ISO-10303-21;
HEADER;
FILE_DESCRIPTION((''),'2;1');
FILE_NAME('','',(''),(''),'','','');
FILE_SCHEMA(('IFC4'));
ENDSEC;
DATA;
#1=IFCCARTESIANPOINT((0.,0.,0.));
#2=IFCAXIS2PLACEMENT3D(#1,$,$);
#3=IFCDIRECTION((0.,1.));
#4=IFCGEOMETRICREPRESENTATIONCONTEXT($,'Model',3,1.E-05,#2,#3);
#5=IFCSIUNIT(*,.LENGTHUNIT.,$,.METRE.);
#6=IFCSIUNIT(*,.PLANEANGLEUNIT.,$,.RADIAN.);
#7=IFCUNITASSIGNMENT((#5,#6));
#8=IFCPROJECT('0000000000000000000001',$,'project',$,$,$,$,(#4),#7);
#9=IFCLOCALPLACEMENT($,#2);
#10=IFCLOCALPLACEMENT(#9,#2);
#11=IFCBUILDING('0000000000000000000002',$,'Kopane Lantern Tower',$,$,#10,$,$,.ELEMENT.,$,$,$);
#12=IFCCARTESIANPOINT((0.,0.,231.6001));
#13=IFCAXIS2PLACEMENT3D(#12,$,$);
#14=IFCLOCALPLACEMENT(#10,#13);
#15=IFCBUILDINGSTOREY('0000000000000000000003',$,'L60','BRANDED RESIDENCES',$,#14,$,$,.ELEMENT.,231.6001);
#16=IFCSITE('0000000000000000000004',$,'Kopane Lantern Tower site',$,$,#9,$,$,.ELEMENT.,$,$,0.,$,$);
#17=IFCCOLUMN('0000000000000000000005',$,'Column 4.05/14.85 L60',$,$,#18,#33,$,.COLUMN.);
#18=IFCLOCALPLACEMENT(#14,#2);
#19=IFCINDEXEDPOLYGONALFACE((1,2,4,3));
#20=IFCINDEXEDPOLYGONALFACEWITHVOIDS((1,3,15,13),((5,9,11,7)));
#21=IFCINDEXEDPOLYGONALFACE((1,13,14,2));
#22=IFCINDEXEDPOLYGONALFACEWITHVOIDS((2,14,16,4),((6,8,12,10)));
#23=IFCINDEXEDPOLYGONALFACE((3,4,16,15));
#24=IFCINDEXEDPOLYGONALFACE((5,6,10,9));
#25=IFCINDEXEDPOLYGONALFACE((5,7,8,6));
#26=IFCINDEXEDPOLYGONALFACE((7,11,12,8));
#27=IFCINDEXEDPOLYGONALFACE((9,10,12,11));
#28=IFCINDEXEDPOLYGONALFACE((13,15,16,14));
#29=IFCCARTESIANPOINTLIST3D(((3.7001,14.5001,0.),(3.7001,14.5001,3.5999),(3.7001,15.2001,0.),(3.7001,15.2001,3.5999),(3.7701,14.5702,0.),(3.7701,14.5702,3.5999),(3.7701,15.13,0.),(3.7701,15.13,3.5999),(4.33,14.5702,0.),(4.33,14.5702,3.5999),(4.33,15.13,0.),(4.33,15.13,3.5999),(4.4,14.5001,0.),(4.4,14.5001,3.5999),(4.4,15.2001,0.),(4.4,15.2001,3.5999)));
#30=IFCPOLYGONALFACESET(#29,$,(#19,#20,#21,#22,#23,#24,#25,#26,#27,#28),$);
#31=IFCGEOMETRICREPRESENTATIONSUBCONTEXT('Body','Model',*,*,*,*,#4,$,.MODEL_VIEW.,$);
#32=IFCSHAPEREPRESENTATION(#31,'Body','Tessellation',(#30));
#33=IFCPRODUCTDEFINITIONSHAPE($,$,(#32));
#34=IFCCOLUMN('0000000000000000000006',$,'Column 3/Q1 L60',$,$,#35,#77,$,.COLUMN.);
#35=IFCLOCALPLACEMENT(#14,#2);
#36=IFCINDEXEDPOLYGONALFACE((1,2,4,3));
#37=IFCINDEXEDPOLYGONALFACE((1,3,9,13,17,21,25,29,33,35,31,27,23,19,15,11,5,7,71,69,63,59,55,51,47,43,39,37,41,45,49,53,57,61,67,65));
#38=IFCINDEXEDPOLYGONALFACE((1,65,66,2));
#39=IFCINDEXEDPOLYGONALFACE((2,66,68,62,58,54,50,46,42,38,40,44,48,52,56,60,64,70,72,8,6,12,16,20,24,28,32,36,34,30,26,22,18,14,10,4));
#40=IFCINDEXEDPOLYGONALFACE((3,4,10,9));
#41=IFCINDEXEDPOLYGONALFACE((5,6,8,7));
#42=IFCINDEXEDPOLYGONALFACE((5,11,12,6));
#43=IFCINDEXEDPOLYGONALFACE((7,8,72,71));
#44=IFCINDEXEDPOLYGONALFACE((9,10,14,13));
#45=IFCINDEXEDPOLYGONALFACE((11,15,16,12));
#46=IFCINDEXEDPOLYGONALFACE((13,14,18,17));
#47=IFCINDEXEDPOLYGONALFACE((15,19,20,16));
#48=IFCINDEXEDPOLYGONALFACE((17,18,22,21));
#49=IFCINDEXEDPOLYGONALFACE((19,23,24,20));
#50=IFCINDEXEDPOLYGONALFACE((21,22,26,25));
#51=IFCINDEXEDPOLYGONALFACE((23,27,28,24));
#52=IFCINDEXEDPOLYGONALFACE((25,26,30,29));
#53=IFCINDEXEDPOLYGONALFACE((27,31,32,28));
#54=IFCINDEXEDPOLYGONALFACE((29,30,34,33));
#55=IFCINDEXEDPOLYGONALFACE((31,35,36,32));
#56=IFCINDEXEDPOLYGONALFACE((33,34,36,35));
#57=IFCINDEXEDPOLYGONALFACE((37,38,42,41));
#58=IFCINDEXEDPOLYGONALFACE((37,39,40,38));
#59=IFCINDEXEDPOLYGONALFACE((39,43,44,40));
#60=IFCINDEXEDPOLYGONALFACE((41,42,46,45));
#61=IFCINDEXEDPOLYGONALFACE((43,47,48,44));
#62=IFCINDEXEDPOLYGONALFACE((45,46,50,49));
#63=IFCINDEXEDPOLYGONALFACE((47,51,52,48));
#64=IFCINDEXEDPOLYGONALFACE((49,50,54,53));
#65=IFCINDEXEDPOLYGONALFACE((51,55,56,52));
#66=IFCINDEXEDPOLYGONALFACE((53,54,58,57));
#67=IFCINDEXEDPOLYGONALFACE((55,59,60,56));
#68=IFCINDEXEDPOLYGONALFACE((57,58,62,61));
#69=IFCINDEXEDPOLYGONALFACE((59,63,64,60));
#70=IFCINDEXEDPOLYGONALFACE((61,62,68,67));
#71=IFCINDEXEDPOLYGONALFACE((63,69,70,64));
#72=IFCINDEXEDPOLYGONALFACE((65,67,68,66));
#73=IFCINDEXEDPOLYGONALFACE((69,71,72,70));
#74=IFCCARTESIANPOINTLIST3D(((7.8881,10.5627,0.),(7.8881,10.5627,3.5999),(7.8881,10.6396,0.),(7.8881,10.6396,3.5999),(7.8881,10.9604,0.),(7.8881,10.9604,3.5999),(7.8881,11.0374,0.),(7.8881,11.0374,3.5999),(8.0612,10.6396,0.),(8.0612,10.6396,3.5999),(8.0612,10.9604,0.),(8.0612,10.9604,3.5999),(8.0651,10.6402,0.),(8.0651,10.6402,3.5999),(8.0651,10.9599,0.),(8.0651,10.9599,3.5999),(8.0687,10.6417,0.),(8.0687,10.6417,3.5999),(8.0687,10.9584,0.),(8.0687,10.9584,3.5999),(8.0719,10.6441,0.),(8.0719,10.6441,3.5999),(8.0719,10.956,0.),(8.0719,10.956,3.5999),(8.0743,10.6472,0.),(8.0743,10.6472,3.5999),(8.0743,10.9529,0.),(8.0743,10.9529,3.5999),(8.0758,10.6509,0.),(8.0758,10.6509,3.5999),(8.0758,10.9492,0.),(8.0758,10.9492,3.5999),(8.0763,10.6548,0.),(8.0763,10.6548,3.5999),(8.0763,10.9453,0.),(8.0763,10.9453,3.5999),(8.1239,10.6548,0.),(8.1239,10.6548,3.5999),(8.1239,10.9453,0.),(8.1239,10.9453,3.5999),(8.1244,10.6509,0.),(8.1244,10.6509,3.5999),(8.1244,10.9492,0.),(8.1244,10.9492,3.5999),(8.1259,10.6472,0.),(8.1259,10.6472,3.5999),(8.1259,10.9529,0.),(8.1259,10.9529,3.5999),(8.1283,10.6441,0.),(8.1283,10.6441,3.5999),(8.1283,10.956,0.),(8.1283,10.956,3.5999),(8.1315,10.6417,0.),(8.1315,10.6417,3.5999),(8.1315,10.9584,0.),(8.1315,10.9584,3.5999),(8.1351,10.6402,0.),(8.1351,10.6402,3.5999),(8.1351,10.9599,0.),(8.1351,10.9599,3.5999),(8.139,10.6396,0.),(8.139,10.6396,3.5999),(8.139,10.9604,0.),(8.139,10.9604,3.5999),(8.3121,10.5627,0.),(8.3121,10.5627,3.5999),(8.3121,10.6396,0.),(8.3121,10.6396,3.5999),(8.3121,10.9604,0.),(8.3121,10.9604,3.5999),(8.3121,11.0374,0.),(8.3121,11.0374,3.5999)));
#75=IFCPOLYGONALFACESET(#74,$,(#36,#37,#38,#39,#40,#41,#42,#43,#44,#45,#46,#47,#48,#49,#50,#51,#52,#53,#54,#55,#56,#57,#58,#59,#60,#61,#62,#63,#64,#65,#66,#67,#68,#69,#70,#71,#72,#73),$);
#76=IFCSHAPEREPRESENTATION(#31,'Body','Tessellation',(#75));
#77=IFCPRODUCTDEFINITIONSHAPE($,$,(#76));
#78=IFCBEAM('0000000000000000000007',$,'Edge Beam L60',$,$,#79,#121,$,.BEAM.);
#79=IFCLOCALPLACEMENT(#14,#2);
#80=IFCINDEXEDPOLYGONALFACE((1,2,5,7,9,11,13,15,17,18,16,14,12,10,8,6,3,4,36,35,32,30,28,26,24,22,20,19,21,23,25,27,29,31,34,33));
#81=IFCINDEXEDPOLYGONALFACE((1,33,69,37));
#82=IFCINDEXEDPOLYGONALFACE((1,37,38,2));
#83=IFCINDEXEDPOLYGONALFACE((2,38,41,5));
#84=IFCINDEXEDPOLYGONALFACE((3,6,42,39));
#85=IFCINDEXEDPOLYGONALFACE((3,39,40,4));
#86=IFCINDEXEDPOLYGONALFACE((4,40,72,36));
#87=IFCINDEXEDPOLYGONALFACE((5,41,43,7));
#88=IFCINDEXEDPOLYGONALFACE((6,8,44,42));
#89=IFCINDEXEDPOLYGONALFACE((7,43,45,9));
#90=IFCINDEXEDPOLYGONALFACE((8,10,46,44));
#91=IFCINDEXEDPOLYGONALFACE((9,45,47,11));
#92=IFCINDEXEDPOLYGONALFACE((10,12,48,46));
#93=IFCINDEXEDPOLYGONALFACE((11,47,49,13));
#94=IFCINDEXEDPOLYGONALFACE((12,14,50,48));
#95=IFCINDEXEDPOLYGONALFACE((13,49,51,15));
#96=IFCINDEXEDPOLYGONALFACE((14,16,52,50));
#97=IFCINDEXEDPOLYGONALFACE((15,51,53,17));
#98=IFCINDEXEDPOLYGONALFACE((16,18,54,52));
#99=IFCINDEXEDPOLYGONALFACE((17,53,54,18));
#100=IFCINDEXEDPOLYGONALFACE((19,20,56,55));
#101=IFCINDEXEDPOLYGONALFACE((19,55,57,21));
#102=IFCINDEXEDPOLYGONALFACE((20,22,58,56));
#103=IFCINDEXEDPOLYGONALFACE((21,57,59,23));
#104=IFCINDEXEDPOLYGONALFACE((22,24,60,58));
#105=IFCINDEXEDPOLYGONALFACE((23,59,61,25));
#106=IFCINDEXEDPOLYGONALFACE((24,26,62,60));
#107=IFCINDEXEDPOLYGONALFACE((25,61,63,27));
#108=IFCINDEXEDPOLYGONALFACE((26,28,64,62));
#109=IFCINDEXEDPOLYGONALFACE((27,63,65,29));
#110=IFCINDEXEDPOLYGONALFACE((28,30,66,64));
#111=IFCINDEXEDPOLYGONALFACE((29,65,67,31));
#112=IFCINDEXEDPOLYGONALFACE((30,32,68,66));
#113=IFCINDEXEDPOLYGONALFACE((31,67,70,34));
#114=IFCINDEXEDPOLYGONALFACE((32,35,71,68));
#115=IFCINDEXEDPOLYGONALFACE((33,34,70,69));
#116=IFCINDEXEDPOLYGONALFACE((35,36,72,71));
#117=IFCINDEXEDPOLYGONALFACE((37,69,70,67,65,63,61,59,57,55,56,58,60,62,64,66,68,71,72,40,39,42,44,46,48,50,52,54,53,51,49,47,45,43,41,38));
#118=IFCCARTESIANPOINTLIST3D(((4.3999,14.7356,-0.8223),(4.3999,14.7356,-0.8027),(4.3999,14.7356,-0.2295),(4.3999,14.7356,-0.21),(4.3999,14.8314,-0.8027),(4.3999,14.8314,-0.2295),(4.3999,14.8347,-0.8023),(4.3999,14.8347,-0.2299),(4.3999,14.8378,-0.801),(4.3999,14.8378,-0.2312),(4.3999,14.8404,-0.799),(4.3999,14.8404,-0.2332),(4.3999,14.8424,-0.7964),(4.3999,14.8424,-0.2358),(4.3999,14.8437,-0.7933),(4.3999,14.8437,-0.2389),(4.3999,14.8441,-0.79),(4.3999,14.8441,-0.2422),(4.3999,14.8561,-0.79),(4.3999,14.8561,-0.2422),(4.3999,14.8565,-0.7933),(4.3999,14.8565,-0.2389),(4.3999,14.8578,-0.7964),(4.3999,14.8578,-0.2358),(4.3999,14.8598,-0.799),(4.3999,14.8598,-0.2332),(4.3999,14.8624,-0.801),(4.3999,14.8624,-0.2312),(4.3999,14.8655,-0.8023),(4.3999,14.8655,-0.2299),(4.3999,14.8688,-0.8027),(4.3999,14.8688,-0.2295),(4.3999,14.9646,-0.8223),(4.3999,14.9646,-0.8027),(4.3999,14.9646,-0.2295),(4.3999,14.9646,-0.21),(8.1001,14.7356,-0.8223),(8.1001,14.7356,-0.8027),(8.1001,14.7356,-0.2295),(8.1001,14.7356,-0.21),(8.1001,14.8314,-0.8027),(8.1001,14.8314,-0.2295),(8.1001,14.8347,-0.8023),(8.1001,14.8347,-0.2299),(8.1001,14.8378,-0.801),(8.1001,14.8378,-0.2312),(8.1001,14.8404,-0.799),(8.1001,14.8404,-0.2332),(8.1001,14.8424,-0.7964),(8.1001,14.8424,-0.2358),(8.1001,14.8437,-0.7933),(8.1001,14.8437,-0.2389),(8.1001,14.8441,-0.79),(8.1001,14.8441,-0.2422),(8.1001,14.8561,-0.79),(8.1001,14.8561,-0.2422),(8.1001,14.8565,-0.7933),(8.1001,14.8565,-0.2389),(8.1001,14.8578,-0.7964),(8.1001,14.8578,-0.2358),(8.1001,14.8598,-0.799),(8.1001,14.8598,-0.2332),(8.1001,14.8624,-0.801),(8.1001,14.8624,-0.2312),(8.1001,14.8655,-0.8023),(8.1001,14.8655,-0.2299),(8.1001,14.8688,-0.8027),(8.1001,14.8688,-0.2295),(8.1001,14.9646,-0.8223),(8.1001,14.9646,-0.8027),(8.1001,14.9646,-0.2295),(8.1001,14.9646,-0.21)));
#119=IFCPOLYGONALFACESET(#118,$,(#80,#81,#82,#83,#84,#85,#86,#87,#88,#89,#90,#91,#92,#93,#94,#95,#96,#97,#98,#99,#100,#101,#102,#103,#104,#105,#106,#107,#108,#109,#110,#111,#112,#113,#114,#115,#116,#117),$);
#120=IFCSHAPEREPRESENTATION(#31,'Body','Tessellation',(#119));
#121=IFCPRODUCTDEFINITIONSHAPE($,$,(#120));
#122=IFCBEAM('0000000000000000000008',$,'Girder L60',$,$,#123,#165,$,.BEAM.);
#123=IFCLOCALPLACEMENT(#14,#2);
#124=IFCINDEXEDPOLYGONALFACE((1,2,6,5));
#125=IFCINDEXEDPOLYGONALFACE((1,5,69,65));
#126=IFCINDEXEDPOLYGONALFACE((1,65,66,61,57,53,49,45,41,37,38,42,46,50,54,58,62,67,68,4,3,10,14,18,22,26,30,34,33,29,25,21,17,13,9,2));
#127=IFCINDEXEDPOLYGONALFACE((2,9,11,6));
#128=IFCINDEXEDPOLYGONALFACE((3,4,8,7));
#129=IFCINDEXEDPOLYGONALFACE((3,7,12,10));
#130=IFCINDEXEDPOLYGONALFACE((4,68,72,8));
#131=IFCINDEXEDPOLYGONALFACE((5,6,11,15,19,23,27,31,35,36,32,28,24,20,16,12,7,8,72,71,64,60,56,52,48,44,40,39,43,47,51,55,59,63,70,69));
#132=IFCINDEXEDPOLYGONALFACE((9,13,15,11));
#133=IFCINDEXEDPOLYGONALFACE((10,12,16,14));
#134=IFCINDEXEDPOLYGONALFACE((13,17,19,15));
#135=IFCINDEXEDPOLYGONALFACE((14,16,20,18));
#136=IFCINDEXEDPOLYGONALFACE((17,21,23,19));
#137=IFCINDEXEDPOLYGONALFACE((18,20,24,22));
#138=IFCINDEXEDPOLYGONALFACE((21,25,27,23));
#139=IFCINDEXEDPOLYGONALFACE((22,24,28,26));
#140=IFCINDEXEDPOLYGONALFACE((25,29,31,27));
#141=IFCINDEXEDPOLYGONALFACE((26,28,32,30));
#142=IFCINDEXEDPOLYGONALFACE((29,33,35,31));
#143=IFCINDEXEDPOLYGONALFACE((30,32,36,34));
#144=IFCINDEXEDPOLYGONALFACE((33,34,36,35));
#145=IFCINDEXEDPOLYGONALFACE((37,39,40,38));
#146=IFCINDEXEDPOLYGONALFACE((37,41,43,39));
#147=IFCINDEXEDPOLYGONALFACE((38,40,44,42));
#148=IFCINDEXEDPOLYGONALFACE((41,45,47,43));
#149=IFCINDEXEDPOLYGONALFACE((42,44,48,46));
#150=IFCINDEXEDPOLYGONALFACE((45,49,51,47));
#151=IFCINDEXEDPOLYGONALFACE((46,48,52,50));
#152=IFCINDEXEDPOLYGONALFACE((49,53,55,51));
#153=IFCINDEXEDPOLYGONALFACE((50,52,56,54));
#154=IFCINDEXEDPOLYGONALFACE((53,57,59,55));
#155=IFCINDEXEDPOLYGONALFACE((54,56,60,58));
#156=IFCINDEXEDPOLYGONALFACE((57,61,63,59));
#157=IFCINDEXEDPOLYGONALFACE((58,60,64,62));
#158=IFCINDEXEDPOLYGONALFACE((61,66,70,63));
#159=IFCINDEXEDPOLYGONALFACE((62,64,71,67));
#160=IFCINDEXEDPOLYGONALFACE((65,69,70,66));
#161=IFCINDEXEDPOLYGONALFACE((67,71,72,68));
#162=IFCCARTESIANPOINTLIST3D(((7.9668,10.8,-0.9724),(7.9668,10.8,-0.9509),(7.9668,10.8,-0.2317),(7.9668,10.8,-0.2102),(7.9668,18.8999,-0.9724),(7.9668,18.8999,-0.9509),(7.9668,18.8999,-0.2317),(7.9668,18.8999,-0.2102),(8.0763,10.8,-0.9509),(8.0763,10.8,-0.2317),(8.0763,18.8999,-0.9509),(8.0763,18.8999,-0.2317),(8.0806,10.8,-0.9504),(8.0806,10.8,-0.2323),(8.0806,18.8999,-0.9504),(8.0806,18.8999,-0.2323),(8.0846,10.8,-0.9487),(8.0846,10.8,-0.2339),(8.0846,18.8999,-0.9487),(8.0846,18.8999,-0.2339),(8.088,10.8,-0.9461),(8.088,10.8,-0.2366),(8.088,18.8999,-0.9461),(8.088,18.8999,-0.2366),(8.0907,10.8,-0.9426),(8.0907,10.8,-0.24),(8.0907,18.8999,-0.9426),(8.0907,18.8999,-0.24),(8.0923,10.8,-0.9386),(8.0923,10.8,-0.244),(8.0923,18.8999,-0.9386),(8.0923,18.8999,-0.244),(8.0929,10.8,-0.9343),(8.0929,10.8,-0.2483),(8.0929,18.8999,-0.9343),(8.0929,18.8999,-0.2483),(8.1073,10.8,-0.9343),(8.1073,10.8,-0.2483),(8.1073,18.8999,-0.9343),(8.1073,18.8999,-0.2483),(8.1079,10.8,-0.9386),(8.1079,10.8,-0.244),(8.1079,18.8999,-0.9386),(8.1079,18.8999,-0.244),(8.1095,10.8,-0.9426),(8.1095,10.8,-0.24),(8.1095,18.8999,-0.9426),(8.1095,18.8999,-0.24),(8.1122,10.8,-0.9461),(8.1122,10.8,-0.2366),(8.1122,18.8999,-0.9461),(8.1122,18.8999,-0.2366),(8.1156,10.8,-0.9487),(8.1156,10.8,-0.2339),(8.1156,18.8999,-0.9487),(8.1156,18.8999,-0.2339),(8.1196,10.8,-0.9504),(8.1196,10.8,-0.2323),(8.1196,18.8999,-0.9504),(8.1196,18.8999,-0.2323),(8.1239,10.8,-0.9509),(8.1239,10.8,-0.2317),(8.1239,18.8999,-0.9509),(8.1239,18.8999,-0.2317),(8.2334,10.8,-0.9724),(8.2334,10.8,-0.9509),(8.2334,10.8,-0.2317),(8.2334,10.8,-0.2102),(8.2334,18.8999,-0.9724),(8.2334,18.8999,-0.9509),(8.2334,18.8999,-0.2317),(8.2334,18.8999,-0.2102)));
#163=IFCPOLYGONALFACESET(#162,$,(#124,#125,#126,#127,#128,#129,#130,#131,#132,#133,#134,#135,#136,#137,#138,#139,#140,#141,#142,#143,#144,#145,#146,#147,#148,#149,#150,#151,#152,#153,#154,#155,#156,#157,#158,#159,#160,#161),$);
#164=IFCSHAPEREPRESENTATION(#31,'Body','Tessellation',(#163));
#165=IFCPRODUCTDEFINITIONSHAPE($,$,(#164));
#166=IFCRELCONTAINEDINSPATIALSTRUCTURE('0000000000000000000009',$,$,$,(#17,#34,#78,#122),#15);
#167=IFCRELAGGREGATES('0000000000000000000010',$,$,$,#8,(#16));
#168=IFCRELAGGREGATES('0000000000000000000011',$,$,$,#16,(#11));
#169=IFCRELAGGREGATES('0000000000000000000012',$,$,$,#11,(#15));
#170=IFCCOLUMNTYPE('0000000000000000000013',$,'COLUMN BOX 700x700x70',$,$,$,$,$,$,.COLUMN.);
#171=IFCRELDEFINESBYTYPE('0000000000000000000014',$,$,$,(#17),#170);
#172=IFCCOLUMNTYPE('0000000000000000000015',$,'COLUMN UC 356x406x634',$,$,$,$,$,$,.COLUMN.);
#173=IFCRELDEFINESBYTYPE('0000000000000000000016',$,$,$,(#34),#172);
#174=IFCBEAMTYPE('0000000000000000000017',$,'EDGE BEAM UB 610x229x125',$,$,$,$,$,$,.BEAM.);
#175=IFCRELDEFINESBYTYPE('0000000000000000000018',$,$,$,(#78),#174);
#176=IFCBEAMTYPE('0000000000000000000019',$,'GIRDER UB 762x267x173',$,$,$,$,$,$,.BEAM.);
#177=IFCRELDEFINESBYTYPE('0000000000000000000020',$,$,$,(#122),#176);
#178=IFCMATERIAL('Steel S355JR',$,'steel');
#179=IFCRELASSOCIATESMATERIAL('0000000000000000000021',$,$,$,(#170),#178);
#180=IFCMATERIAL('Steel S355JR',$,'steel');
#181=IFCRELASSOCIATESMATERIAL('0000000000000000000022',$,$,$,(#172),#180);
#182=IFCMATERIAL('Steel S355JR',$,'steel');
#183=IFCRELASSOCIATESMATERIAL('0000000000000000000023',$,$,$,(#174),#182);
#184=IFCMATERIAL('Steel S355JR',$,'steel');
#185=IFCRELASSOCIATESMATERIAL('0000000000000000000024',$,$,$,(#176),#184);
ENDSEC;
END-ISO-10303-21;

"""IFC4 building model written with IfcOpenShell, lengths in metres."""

from ifc_helpers import new_model, si_unit, direction, frame, origin, origin_2d, place, context, subcontext, project, spatial, hollow_rectangle, i_section, extrude, material, material_profile, profile_set, type_object, element, save


model = new_model("IFC4")

# Units and contexts
model_context = context("Model", 3, precision=1e-05, world=origin(), true_north=direction((0.0, 1.0)))
body_context = subcontext(model_context, "Body", "Model", "MODEL_VIEW")
ifc_project = project(units=[si_unit("LENGTHUNIT", "METRE"), si_unit("PLANEANGLEUNIT", "RADIAN")], contexts=[model_context])

# Site, building, storey
site_placement = place(None, origin())
site = spatial("IfcSite", under=ifc_project, at=site_placement, Name="Kopane Lantern Tower site", CompositionType="ELEMENT", RefElevation=0.0)
building_placement = place(site_placement, origin())
building = spatial("IfcBuilding", under=site, at=building_placement, Name="Kopane Lantern Tower", CompositionType="ELEMENT")
storey_placement = place(building_placement, frame((0.0, 0.0, 231.6001)))
storey = spatial("IfcBuildingStorey", under=building, at=storey_placement, Name="L60", Description="BRANDED RESIDENCES", CompositionType="ELEMENT", Elevation=231.6001)

# Columns
ifc_material_1 = material(Name="Steel S355JR", Category="steel")
ifc_material_profile_1 = material_profile(ifc_material_1, hollow_rectangle(XDim=0.7, YDim=0.7, WallThickness=0.0701, at=origin_2d()), Name="BOX 700x700x70")
ifc_profile_set_1 = profile_set([ifc_material_profile_1], Name="Steel S355JR")
column_type_1 = type_object("IfcColumnType", Name="COLUMN BOX 700x700x70", PredefinedType="COLUMN", material=ifc_profile_set_1)
column_1_placement = place(storey_placement, frame((4.05, 14.8501, 0.0), z_axis=(0.0, 0.0, 1.0), x_axis=(1.0, 0.0, 0.0)))
element("IfcColumn", 1, at=column_1_placement, inside=storey, type_object=column_type_1, Name="Column 4.05/14.85 L60", PredefinedType="COLUMN", context=body_context, shape_type="SweptSolid", body=[
    extrude(hollow_rectangle(XDim=0.7, YDim=0.7, WallThickness=0.0701, at=origin_2d()), origin(), (0.0, 0.0, 1.0), 3.5999),
])
ifc_material_2 = material(Name="Steel S355JR", Category="steel")
ifc_material_profile_2 = material_profile(ifc_material_2, i_section(OverallWidth=0.4241, OverallDepth=0.4746, WebThickness=0.0476, FlangeThickness=0.0769, FilletRadius=0.0151, at=origin_2d()), Name="UC 356x406x634")
ifc_profile_set_2 = profile_set([ifc_material_profile_2], Name="Steel S355JR")
column_type_2 = type_object("IfcColumnType", Name="COLUMN UC 356x406x634", PredefinedType="COLUMN", material=ifc_profile_set_2)
column_2_placement = place(storey_placement, frame((8.1001, 10.8, 0.0), z_axis=(0.0, 0.0, 1.0), x_axis=(1.0, 0.0, 0.0)))
element("IfcColumn", 2, at=column_2_placement, inside=storey, type_object=column_type_2, Name="Column 3/Q1 L60", PredefinedType="COLUMN", context=body_context, shape_type="SweptSolid", body=[
    extrude(i_section(OverallWidth=0.4241, OverallDepth=0.4746, WebThickness=0.0476, FlangeThickness=0.0769, FilletRadius=0.0151, at=origin_2d()), origin(), (0.0, 0.0, 1.0), 3.5999),
])

# Beams
ifc_material_3 = material(Name="Steel S355JR", Category="steel")
ifc_material_profile_3 = material_profile(ifc_material_3, i_section(OverallWidth=0.229, OverallDepth=0.6123, WebThickness=0.012, FlangeThickness=0.0195, FilletRadius=0.0127, at=origin_2d()), Name="UB 610x229x125")
ifc_profile_set_3 = profile_set([ifc_material_profile_3], Name="Steel S355JR")
beam_type_1 = type_object("IfcBeamType", Name="EDGE BEAM UB 610x229x125", PredefinedType="BEAM", material=ifc_profile_set_3)
beam_placement = place(storey_placement, frame((4.3999, 14.8501, -0.5161), z_axis=(1.0, 0.0, 0.0), x_axis=(0.0, 1.0, 0.0)))
element("IfcBeam", 3, at=beam_placement, inside=storey, type_object=beam_type_1, Name="Edge Beam L60", PredefinedType="BEAM", context=body_context, shape_type="SweptSolid", body=[
    extrude(i_section(OverallWidth=0.229, OverallDepth=0.6123, WebThickness=0.012, FlangeThickness=0.0195, FilletRadius=0.0127, at=origin_2d()), origin(), (0.0, 0.0, 1.0), 3.7002),
])
ifc_material_4 = material(Name="Steel S355JR", Category="steel")
ifc_material_profile_4 = material_profile(ifc_material_4, i_section(OverallWidth=0.2666, OverallDepth=0.7622, WebThickness=0.0144, FlangeThickness=0.0215, FilletRadius=0.0166, at=origin_2d()), Name="UB 762x267x173")
ifc_profile_set_4 = profile_set([ifc_material_profile_4], Name="Steel S355JR")
beam_type_2 = type_object("IfcBeamType", Name="GIRDER UB 762x267x173", PredefinedType="BEAM", material=ifc_profile_set_4)
for number, where, z_axis, x_axis, name in (
    (4, (8.1001, 10.8, -0.5913), (0.0, 1.0, 0.0), (-1.0, 0.0, 0.0), "Girder L60"),
):
    element("IfcBeam", number, at=place(storey_placement, frame(where, z_axis=z_axis, x_axis=x_axis)), inside=storey, type_object=beam_type_2, Name=name, PredefinedType="BEAM", context=body_context, shape_type="SweptSolid", body=[
        extrude(i_section(OverallWidth=0.2666, OverallDepth=0.7622, WebThickness=0.0144, FlangeThickness=0.0215, FilletRadius=0.0166, at=origin_2d()), origin(), (0.0, 0.0, 1.0), 8.0999),
    ])

save(model, "model.ifc")
